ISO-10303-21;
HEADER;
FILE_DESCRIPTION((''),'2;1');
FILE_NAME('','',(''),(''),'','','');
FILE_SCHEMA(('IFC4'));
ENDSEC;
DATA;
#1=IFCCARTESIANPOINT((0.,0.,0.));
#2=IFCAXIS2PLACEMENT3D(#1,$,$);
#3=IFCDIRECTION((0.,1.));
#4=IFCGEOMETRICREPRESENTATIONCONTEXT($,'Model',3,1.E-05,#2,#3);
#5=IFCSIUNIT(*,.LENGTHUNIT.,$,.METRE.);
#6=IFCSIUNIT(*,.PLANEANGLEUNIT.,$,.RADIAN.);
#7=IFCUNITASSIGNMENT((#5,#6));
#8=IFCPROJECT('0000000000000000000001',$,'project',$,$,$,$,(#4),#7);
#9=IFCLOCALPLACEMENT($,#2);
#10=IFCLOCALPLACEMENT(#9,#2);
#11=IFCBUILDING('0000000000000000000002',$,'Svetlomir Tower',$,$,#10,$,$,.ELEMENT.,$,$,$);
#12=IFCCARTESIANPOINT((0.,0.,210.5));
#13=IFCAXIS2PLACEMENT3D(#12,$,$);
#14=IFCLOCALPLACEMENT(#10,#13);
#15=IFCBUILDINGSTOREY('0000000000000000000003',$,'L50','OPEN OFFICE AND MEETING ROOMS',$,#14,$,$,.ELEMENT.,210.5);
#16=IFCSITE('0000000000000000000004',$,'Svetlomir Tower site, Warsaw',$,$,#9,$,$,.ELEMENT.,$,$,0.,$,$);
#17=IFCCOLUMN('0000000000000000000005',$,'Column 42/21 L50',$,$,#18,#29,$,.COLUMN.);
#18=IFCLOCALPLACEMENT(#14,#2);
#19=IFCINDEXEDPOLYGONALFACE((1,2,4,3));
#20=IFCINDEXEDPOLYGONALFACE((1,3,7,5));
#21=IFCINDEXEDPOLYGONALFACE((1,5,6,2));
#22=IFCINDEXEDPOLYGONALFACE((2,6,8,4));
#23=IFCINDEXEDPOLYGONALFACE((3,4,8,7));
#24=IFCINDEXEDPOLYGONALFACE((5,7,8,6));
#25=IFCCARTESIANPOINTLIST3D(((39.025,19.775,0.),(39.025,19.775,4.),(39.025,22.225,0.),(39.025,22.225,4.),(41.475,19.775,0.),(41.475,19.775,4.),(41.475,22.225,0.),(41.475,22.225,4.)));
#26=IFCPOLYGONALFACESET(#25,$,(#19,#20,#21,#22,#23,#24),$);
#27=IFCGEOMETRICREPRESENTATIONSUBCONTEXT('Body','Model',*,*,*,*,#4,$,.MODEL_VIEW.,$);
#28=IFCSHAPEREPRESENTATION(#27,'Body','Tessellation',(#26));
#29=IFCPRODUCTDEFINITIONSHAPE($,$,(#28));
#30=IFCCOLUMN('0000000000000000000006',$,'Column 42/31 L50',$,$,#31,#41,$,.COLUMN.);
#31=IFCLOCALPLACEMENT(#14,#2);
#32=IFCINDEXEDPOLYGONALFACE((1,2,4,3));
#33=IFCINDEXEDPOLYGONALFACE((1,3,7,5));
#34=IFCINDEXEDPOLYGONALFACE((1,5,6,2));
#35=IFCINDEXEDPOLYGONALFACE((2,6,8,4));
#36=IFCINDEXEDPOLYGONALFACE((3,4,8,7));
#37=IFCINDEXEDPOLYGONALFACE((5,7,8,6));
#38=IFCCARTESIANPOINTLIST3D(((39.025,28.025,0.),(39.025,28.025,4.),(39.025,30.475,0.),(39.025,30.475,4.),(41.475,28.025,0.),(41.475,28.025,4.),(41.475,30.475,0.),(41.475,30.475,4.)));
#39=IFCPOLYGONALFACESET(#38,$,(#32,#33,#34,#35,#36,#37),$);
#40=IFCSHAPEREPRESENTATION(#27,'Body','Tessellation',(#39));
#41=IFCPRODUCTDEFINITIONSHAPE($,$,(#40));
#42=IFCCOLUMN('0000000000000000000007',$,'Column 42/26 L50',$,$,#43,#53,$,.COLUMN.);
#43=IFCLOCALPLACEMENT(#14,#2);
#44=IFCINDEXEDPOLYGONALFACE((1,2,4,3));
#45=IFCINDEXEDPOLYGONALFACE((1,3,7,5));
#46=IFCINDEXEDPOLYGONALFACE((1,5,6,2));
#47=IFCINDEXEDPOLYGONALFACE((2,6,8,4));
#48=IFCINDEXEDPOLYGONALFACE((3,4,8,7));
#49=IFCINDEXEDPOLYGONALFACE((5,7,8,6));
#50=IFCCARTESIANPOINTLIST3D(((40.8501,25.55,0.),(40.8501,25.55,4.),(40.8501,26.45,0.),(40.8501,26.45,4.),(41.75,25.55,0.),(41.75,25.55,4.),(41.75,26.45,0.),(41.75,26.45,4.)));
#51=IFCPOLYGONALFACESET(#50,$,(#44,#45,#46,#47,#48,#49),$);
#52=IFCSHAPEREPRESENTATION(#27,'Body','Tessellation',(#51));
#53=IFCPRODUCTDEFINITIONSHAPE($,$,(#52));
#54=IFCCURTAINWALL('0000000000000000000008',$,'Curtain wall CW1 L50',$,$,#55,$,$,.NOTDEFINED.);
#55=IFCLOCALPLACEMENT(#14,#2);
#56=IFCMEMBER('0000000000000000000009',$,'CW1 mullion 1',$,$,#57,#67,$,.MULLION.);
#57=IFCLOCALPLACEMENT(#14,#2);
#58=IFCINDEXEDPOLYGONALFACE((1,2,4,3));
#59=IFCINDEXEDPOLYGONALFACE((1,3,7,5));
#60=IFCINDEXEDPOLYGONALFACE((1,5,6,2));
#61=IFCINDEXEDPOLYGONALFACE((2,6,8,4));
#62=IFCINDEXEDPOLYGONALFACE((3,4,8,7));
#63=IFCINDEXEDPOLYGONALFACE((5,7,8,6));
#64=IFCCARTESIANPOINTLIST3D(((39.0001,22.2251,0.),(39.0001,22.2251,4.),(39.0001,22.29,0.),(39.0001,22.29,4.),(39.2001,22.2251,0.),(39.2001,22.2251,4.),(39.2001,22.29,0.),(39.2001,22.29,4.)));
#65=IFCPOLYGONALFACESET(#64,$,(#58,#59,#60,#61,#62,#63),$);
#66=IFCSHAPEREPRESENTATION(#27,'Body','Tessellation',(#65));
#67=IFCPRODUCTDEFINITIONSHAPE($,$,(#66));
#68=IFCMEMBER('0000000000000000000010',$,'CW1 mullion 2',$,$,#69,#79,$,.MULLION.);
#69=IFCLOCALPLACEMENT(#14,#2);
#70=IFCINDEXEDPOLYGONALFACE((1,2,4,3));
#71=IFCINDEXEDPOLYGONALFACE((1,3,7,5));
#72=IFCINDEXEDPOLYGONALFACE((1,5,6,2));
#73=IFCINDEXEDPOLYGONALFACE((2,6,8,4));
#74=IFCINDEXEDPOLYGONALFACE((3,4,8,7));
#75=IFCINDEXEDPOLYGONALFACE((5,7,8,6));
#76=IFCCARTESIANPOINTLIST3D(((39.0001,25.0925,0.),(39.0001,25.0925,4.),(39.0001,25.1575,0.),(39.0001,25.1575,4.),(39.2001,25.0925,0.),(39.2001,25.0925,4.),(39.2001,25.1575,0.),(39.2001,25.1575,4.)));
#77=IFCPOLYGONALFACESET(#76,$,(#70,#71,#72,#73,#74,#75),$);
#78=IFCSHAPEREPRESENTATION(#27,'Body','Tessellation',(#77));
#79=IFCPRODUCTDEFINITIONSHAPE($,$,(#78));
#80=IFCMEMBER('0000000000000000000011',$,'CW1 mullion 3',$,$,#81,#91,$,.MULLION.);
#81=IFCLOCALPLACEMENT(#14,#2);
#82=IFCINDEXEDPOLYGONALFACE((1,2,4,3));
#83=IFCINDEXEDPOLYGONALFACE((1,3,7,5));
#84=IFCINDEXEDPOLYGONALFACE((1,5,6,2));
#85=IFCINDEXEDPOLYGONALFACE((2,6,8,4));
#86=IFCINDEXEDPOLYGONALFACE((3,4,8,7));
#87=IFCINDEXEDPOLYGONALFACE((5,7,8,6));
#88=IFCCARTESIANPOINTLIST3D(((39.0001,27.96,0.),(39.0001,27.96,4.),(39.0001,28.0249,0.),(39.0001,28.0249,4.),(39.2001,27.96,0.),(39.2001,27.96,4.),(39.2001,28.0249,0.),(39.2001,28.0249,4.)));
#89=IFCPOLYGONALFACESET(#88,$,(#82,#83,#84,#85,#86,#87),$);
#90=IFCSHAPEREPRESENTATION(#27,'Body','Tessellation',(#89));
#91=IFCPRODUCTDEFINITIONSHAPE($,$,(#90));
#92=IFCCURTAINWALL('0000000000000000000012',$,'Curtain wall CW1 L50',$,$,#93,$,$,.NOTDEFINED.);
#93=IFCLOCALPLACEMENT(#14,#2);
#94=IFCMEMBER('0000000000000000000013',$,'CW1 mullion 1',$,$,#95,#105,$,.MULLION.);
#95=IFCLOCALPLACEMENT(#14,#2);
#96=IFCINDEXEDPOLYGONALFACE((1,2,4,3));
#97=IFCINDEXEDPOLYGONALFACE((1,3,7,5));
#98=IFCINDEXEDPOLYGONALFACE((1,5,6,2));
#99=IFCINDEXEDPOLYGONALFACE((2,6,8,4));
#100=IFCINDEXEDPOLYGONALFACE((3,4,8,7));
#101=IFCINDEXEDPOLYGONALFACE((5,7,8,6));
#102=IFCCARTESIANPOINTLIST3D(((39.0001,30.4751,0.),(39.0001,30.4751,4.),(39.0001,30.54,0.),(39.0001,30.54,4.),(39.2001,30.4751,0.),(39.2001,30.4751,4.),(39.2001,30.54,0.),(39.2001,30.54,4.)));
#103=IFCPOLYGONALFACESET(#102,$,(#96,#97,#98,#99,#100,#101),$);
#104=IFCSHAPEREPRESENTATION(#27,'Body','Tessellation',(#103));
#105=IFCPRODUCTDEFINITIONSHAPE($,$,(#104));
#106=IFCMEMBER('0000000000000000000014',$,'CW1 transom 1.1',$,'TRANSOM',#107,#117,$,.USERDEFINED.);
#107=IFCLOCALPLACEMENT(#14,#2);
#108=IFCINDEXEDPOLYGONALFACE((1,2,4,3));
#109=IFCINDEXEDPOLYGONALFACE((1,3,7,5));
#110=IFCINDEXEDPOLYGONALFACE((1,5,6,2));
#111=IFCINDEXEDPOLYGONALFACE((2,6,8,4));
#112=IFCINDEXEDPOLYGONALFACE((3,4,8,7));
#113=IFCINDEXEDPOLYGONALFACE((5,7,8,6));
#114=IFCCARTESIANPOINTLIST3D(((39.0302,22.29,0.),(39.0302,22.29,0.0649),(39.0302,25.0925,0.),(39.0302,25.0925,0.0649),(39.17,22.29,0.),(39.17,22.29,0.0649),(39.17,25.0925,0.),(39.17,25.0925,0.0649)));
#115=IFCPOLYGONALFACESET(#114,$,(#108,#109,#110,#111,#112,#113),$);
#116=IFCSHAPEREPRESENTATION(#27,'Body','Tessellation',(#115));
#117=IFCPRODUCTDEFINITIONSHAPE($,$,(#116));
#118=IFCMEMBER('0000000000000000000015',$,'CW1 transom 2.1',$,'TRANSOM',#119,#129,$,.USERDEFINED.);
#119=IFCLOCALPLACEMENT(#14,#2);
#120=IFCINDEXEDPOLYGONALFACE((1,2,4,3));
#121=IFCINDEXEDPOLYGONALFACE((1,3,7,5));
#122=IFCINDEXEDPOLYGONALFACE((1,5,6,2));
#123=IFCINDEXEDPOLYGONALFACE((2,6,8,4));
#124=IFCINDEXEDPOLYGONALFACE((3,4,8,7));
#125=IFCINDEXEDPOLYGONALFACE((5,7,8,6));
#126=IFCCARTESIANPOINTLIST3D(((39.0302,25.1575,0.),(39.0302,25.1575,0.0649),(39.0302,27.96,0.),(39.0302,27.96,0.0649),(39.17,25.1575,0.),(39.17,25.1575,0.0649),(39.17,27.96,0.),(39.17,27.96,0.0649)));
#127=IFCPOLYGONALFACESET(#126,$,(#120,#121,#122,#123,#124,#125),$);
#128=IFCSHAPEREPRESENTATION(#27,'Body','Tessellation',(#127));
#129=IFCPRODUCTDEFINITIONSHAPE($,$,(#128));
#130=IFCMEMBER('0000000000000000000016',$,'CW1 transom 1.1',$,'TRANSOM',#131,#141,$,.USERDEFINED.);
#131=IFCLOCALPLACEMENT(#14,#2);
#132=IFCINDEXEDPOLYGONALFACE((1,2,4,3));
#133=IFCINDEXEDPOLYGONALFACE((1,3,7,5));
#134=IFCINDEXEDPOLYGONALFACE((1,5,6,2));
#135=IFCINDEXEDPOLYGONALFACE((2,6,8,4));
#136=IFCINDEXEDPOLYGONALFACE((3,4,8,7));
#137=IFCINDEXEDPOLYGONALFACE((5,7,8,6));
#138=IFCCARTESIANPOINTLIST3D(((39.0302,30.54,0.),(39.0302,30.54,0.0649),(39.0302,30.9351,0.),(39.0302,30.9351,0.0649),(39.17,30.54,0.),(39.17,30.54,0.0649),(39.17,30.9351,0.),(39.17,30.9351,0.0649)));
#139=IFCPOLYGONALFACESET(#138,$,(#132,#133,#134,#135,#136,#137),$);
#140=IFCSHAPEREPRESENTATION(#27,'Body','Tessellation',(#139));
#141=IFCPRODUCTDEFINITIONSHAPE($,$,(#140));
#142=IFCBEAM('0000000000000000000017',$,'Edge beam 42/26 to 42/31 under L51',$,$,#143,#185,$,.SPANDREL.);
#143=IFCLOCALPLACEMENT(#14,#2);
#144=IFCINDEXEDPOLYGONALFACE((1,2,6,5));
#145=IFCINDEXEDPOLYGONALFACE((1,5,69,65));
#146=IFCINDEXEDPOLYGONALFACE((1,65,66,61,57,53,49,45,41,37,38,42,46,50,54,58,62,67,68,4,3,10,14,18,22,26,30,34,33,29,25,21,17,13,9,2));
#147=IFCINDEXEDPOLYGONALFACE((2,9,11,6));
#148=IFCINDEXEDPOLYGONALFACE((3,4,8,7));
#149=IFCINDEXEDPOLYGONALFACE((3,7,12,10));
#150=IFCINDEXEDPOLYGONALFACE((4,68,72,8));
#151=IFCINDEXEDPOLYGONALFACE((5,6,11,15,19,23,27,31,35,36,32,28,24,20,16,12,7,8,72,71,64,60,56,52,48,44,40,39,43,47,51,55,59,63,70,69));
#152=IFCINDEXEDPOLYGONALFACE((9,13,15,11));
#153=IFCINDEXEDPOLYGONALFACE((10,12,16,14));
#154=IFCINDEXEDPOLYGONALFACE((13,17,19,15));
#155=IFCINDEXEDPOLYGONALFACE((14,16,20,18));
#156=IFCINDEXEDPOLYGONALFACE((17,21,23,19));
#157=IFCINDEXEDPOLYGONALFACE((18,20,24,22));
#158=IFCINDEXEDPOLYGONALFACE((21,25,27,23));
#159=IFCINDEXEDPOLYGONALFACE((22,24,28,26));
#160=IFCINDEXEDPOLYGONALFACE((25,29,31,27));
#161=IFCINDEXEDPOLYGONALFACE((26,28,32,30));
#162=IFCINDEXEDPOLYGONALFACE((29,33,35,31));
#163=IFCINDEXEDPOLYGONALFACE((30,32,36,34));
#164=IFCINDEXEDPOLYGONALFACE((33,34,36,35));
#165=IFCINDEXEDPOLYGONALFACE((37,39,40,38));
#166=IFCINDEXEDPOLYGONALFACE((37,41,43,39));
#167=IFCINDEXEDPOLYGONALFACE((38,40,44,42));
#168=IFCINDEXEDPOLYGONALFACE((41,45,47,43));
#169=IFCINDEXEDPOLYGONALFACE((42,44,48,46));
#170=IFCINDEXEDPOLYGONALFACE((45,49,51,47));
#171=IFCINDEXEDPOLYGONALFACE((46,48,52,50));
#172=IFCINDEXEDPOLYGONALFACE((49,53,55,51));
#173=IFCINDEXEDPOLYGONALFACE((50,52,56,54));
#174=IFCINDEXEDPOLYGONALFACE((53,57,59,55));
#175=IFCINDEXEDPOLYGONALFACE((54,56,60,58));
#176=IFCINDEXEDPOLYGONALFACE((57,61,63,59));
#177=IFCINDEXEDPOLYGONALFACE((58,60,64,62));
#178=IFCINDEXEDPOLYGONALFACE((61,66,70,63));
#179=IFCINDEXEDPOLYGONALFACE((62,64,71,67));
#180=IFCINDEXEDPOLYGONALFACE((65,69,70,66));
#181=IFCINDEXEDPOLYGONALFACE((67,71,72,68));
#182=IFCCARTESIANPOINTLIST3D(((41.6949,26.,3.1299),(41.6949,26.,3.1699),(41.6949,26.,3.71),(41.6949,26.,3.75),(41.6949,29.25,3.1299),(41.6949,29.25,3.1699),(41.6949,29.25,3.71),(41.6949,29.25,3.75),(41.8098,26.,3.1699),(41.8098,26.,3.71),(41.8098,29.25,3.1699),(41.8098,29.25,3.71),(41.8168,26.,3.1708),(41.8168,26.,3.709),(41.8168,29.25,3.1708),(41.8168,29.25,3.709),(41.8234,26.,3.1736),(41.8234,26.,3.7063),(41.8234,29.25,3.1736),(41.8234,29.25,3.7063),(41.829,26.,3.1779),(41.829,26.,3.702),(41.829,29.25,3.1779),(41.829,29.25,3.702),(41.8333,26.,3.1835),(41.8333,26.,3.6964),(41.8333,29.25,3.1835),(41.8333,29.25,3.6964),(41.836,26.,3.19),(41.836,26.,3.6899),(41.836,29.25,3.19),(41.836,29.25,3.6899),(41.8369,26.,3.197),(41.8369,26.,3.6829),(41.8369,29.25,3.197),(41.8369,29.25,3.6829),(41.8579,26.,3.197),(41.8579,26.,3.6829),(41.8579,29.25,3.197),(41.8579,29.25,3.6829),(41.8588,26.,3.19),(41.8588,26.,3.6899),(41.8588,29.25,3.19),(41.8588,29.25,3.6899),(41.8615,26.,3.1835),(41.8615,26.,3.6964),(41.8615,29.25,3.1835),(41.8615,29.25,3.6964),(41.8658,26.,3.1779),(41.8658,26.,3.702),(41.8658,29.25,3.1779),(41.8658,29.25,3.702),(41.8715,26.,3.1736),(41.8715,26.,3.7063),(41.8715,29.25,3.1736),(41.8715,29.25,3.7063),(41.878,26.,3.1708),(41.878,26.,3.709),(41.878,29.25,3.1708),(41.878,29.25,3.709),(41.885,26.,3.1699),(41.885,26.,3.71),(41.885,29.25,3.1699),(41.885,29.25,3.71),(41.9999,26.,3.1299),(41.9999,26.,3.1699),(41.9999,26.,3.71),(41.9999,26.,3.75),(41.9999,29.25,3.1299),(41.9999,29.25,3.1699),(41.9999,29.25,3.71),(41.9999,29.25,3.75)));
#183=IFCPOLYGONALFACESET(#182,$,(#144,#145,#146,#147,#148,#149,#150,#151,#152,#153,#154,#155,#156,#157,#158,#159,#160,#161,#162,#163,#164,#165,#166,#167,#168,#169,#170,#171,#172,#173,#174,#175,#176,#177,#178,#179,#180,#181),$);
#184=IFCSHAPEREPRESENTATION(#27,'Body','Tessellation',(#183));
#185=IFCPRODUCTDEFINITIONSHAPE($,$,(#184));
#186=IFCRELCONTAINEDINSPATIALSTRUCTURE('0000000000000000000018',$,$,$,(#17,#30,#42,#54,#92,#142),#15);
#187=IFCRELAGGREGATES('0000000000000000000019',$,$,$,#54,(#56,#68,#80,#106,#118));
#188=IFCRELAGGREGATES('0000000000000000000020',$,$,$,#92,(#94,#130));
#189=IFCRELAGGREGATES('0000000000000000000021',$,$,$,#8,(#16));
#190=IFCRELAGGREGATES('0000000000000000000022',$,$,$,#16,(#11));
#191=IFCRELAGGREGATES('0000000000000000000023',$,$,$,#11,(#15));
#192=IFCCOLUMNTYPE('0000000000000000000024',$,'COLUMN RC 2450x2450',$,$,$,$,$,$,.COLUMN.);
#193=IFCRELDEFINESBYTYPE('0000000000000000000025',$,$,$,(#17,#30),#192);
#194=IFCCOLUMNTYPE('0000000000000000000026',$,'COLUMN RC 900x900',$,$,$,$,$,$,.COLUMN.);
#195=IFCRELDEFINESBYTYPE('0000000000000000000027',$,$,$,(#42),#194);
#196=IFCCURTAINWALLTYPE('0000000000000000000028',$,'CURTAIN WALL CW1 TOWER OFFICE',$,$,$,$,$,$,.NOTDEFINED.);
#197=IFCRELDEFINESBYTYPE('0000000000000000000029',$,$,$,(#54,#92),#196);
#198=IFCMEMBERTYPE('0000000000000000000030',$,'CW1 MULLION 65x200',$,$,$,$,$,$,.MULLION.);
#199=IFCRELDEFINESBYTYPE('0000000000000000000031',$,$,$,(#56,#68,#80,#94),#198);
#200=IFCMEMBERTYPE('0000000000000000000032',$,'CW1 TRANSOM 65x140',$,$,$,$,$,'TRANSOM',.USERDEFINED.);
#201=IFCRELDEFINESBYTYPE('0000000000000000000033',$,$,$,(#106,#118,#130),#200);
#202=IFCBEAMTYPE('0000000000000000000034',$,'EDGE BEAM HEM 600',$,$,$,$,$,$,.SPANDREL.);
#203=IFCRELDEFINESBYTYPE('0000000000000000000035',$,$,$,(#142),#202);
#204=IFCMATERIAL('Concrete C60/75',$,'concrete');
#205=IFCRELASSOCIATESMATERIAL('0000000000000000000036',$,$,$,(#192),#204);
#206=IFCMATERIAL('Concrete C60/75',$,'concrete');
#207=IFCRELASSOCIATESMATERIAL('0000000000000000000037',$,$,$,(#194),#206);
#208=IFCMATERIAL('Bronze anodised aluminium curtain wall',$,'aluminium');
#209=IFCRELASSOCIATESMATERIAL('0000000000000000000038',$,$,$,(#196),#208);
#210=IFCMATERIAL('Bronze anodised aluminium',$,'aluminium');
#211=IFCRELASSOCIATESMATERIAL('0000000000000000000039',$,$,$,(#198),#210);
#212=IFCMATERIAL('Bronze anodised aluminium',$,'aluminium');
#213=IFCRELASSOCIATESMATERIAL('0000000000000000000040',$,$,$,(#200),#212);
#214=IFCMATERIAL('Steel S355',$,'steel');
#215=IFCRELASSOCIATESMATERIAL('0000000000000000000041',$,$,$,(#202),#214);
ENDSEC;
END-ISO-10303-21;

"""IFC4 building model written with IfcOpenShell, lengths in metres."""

from ifc_helpers import new_model, si_unit, direction, frame, origin, origin_2d, place, context, subcontext, project, spatial, rectangle, i_section, extrude, material, material_profile, profile_set, type_object, element, aggregate, save


model = new_model("IFC4")

# Units and contexts
model_context = context("Model", 3, precision=1e-05, world=origin(), true_north=direction((0.0, 1.0)))
body_context = subcontext(model_context, "Body", "Model", "MODEL_VIEW")
ifc_project = project(units=[si_unit("LENGTHUNIT", "METRE"), si_unit("PLANEANGLEUNIT", "RADIAN")], contexts=[model_context])

# Site, building, storey
site_placement = place(None, origin())
site = spatial("IfcSite", under=ifc_project, at=site_placement, Name="Svetlomir Tower site, Warsaw", CompositionType="ELEMENT", RefElevation=0.0)
building_placement = place(site_placement, origin())
building = spatial("IfcBuilding", under=site, at=building_placement, Name="Svetlomir Tower", CompositionType="ELEMENT")
storey_placement = place(building_placement, frame((0.0, 0.0, 210.5)))
storey = spatial("IfcBuildingStorey", under=building, at=storey_placement, Name="L50", Description="OPEN OFFICE AND MEETING ROOMS", CompositionType="ELEMENT", Elevation=210.5)

# Columns
ifc_material_1 = material(Name="Concrete C60/75", Category="concrete")
ifc_material_profile_1 = material_profile(ifc_material_1, rectangle(XDim=2.45, YDim=2.45, at=origin_2d()), Name="RC 2450x2450")
ifc_profile_set_1 = profile_set([ifc_material_profile_1], Name="Concrete C60/75")
column_type_1 = type_object("IfcColumnType", Name="COLUMN RC 2450x2450", PredefinedType="COLUMN", material=ifc_profile_set_1)
for number, where, z_axis, x_axis, name in (
    (1, (40.25, 21.0, 0.0), (0.0, 0.0, 1.0), (1.0, 0.0, 0.0), "Column 42/21 L50"),
    (2, (40.25, 29.25, 0.0), (0.0, 0.0, 1.0), (1.0, 0.0, 0.0), "Column 42/31 L50"),
):
    element("IfcColumn", number, at=place(storey_placement, frame(where, z_axis=z_axis, x_axis=x_axis)), inside=storey, type_object=column_type_1, Name=name, PredefinedType="COLUMN", context=body_context, shape_type="SweptSolid", body=[
        extrude(rectangle(XDim=2.45, YDim=2.45, at=origin_2d()), origin(), (0.0, 0.0, 1.0), 4.0),
    ])
ifc_material_2 = material(Name="Concrete C60/75", Category="concrete")
ifc_material_profile_2 = material_profile(ifc_material_2, rectangle(XDim=0.8999, YDim=0.8999, at=origin_2d()), Name="RC 900x900")
ifc_profile_set_2 = profile_set([ifc_material_profile_2], Name="Concrete C60/75")
column_type_2 = type_object("IfcColumnType", Name="COLUMN RC 900x900", PredefinedType="COLUMN", material=ifc_profile_set_2)
column_placement = place(storey_placement, frame((41.3, 26.0, 0.0), z_axis=(0.0, 0.0, 1.0), x_axis=(1.0, 0.0, 0.0)))
element("IfcColumn", 3, at=column_placement, inside=storey, type_object=column_type_2, Name="Column 42/26 L50", PredefinedType="COLUMN", context=body_context, shape_type="SweptSolid", body=[
    extrude(rectangle(XDim=0.8999, YDim=0.8999, at=origin_2d()), origin(), (0.0, 0.0, 1.0), 4.0),
])

# Curtain wall, members
ifc_material_3 = material(Name="Bronze anodised aluminium curtain wall", Category="aluminium")
curtain_wall_type = type_object("IfcCurtainWallType", Name="CURTAIN WALL CW1 TOWER OFFICE", PredefinedType="NOTDEFINED", material=ifc_material_3)
curtain_wall_1_placement = place(storey_placement, origin())
curtain_wall_1 = element("IfcCurtainWall", 4, at=curtain_wall_1_placement, inside=storey, type_object=curtain_wall_type, Name="Curtain wall CW1 L50", PredefinedType="NOTDEFINED")
ifc_material_4 = material(Name="Bronze anodised aluminium", Category="aluminium")
ifc_material_profile_3 = material_profile(ifc_material_4, rectangle(XDim=0.0649, YDim=0.2, at=origin_2d()), Name="AL 65x200")
ifc_profile_set_3 = profile_set([ifc_material_profile_3], Name="Bronze anodised aluminium 6063-T6")
member_type_1 = type_object("IfcMemberType", Name="CW1 MULLION 65x200", PredefinedType="MULLION", material=ifc_profile_set_3)
member_1_placement = place(storey_placement, frame((39.1001, 22.2576, 0.0), z_axis=(0.0, 0.0, 1.0), x_axis=(0.0, 1.0, 0.0)))
member_1 = element("IfcMember", 5, at=member_1_placement, type_object=member_type_1, Name="CW1 mullion 1", PredefinedType="MULLION", context=body_context, shape_type="SweptSolid", body=[
    extrude(rectangle(XDim=0.0649, YDim=0.2, at=origin_2d()), origin(), (0.0, 0.0, 1.0), 4.0),
])
member_2_placement = place(storey_placement, frame((39.1001, 25.125, 0.0), z_axis=(0.0, 0.0, 1.0), x_axis=(0.0, 1.0, 0.0)))
member_2 = element("IfcMember", 6, at=member_2_placement, type_object=member_type_1, Name="CW1 mullion 2", PredefinedType="MULLION", context=body_context, shape_type="SweptSolid", body=[
    extrude(rectangle(XDim=0.0649, YDim=0.2, at=origin_2d()), origin(), (0.0, 0.0, 1.0), 4.0),
])
member_3_placement = place(storey_placement, frame((39.1001, 27.9924, 0.0), z_axis=(0.0, 0.0, 1.0), x_axis=(0.0, 1.0, 0.0)))
member_3 = element("IfcMember", 7, at=member_3_placement, type_object=member_type_1, Name="CW1 mullion 3", PredefinedType="MULLION", context=body_context, shape_type="SweptSolid", body=[
    extrude(rectangle(XDim=0.0649, YDim=0.2, at=origin_2d()), origin(), (0.0, 0.0, 1.0), 4.0),
])

# Curtain wall, member
curtain_wall_2_placement = place(storey_placement, origin())
curtain_wall_2 = element("IfcCurtainWall", 8, at=curtain_wall_2_placement, inside=storey, type_object=curtain_wall_type, Name="Curtain wall CW1 L50", PredefinedType="NOTDEFINED")
member_4_placement = place(storey_placement, frame((39.1001, 30.5076, 0.0), z_axis=(0.0, 0.0, 1.0), x_axis=(0.0, 1.0, 0.0)))
member_4 = element("IfcMember", 9, at=member_4_placement, type_object=member_type_1, Name="CW1 mullion 1", PredefinedType="MULLION", context=body_context, shape_type="SweptSolid", body=[
    extrude(rectangle(XDim=0.0649, YDim=0.2, at=origin_2d()), origin(), (0.0, 0.0, 1.0), 4.0),
])

# Members
ifc_material_5 = material(Name="Bronze anodised aluminium", Category="aluminium")
ifc_material_profile_4 = material_profile(ifc_material_5, rectangle(XDim=0.1399, YDim=0.0649, at=origin_2d()), Name="AL 140x65")
ifc_profile_set_4 = profile_set([ifc_material_profile_4], Name="Bronze anodised aluminium 6063-T6")
member_type_2 = type_object("IfcMemberType", Name="CW1 TRANSOM 65x140", ElementType="TRANSOM", PredefinedType="USERDEFINED", material=ifc_profile_set_4)
member_5_placement = place(storey_placement, frame((39.1001, 22.29, 0.0325), z_axis=(0.0, 1.0, 0.0), x_axis=(-1.0, 0.0, 0.0)))
member_5 = element("IfcMember", 10, at=member_5_placement, type_object=member_type_2, Name="CW1 transom 1.1", ObjectType="TRANSOM", PredefinedType="USERDEFINED", context=body_context, shape_type="SweptSolid", body=[
    extrude(rectangle(XDim=0.1399, YDim=0.0649, at=origin_2d()), origin(), (0.0, 0.0, 1.0), 2.8025),
])
member_6_placement = place(storey_placement, frame((39.1001, 25.1575, 0.0325), z_axis=(0.0, 1.0, 0.0), x_axis=(-1.0, 0.0, 0.0)))
member_6 = element("IfcMember", 11, at=member_6_placement, type_object=member_type_2, Name="CW1 transom 2.1", ObjectType="TRANSOM", PredefinedType="USERDEFINED", context=body_context, shape_type="SweptSolid", body=[
    extrude(rectangle(XDim=0.1399, YDim=0.0649, at=origin_2d()), origin(), (0.0, 0.0, 1.0), 2.8025),
])
member_7_placement = place(storey_placement, frame((39.1001, 30.54, 0.0325), z_axis=(0.0, 1.0, 0.0), x_axis=(-1.0, 0.0, 0.0)))
member_7 = element("IfcMember", 12, at=member_7_placement, type_object=member_type_2, Name="CW1 transom 1.1", ObjectType="TRANSOM", PredefinedType="USERDEFINED", context=body_context, shape_type="SweptSolid", body=[
    extrude(rectangle(XDim=0.1399, YDim=0.0649, at=origin_2d()), origin(), (0.0, 0.0, 1.0), 0.395),
])

# Beam
ifc_material_6 = material(Name="Steel S355", Category="steel")
ifc_material_profile_5 = material_profile(ifc_material_6, i_section(OverallWidth=0.3049, OverallDepth=0.6201, WebThickness=0.021, FlangeThickness=0.04, FilletRadius=0.0271, at=origin_2d()), Name="HEM 600")
ifc_profile_set_5 = profile_set([ifc_material_profile_5], Name="Steel S355")
beam_type_1 = type_object("IfcBeamType", Name="EDGE BEAM HEM 600", PredefinedType="SPANDREL", material=ifc_profile_set_5)
beam_1_placement = place(storey_placement, frame((41.8474, 26.0, 3.4399), z_axis=(0.0, 1.0, 0.0), x_axis=(-1.0, 0.0, 0.0)))
element("IfcBeam", 13, at=beam_1_placement, inside=storey, type_object=beam_type_1, Name="Edge beam 42/26 to 42/31 under L51", PredefinedType="SPANDREL", context=body_context, shape_type="SweptSolid", body=[
    extrude(i_section(OverallWidth=0.3049, OverallDepth=0.6201, WebThickness=0.021, FlangeThickness=0.04, FilletRadius=0.0271, at=origin_2d()), origin(), (0.0, 0.0, 1.0), 3.25),
])

aggregate(curtain_wall_1, [member_1, member_2, member_3, member_5, member_6])
aggregate(curtain_wall_2, [member_4, member_7])

save(model, "model.ifc")
